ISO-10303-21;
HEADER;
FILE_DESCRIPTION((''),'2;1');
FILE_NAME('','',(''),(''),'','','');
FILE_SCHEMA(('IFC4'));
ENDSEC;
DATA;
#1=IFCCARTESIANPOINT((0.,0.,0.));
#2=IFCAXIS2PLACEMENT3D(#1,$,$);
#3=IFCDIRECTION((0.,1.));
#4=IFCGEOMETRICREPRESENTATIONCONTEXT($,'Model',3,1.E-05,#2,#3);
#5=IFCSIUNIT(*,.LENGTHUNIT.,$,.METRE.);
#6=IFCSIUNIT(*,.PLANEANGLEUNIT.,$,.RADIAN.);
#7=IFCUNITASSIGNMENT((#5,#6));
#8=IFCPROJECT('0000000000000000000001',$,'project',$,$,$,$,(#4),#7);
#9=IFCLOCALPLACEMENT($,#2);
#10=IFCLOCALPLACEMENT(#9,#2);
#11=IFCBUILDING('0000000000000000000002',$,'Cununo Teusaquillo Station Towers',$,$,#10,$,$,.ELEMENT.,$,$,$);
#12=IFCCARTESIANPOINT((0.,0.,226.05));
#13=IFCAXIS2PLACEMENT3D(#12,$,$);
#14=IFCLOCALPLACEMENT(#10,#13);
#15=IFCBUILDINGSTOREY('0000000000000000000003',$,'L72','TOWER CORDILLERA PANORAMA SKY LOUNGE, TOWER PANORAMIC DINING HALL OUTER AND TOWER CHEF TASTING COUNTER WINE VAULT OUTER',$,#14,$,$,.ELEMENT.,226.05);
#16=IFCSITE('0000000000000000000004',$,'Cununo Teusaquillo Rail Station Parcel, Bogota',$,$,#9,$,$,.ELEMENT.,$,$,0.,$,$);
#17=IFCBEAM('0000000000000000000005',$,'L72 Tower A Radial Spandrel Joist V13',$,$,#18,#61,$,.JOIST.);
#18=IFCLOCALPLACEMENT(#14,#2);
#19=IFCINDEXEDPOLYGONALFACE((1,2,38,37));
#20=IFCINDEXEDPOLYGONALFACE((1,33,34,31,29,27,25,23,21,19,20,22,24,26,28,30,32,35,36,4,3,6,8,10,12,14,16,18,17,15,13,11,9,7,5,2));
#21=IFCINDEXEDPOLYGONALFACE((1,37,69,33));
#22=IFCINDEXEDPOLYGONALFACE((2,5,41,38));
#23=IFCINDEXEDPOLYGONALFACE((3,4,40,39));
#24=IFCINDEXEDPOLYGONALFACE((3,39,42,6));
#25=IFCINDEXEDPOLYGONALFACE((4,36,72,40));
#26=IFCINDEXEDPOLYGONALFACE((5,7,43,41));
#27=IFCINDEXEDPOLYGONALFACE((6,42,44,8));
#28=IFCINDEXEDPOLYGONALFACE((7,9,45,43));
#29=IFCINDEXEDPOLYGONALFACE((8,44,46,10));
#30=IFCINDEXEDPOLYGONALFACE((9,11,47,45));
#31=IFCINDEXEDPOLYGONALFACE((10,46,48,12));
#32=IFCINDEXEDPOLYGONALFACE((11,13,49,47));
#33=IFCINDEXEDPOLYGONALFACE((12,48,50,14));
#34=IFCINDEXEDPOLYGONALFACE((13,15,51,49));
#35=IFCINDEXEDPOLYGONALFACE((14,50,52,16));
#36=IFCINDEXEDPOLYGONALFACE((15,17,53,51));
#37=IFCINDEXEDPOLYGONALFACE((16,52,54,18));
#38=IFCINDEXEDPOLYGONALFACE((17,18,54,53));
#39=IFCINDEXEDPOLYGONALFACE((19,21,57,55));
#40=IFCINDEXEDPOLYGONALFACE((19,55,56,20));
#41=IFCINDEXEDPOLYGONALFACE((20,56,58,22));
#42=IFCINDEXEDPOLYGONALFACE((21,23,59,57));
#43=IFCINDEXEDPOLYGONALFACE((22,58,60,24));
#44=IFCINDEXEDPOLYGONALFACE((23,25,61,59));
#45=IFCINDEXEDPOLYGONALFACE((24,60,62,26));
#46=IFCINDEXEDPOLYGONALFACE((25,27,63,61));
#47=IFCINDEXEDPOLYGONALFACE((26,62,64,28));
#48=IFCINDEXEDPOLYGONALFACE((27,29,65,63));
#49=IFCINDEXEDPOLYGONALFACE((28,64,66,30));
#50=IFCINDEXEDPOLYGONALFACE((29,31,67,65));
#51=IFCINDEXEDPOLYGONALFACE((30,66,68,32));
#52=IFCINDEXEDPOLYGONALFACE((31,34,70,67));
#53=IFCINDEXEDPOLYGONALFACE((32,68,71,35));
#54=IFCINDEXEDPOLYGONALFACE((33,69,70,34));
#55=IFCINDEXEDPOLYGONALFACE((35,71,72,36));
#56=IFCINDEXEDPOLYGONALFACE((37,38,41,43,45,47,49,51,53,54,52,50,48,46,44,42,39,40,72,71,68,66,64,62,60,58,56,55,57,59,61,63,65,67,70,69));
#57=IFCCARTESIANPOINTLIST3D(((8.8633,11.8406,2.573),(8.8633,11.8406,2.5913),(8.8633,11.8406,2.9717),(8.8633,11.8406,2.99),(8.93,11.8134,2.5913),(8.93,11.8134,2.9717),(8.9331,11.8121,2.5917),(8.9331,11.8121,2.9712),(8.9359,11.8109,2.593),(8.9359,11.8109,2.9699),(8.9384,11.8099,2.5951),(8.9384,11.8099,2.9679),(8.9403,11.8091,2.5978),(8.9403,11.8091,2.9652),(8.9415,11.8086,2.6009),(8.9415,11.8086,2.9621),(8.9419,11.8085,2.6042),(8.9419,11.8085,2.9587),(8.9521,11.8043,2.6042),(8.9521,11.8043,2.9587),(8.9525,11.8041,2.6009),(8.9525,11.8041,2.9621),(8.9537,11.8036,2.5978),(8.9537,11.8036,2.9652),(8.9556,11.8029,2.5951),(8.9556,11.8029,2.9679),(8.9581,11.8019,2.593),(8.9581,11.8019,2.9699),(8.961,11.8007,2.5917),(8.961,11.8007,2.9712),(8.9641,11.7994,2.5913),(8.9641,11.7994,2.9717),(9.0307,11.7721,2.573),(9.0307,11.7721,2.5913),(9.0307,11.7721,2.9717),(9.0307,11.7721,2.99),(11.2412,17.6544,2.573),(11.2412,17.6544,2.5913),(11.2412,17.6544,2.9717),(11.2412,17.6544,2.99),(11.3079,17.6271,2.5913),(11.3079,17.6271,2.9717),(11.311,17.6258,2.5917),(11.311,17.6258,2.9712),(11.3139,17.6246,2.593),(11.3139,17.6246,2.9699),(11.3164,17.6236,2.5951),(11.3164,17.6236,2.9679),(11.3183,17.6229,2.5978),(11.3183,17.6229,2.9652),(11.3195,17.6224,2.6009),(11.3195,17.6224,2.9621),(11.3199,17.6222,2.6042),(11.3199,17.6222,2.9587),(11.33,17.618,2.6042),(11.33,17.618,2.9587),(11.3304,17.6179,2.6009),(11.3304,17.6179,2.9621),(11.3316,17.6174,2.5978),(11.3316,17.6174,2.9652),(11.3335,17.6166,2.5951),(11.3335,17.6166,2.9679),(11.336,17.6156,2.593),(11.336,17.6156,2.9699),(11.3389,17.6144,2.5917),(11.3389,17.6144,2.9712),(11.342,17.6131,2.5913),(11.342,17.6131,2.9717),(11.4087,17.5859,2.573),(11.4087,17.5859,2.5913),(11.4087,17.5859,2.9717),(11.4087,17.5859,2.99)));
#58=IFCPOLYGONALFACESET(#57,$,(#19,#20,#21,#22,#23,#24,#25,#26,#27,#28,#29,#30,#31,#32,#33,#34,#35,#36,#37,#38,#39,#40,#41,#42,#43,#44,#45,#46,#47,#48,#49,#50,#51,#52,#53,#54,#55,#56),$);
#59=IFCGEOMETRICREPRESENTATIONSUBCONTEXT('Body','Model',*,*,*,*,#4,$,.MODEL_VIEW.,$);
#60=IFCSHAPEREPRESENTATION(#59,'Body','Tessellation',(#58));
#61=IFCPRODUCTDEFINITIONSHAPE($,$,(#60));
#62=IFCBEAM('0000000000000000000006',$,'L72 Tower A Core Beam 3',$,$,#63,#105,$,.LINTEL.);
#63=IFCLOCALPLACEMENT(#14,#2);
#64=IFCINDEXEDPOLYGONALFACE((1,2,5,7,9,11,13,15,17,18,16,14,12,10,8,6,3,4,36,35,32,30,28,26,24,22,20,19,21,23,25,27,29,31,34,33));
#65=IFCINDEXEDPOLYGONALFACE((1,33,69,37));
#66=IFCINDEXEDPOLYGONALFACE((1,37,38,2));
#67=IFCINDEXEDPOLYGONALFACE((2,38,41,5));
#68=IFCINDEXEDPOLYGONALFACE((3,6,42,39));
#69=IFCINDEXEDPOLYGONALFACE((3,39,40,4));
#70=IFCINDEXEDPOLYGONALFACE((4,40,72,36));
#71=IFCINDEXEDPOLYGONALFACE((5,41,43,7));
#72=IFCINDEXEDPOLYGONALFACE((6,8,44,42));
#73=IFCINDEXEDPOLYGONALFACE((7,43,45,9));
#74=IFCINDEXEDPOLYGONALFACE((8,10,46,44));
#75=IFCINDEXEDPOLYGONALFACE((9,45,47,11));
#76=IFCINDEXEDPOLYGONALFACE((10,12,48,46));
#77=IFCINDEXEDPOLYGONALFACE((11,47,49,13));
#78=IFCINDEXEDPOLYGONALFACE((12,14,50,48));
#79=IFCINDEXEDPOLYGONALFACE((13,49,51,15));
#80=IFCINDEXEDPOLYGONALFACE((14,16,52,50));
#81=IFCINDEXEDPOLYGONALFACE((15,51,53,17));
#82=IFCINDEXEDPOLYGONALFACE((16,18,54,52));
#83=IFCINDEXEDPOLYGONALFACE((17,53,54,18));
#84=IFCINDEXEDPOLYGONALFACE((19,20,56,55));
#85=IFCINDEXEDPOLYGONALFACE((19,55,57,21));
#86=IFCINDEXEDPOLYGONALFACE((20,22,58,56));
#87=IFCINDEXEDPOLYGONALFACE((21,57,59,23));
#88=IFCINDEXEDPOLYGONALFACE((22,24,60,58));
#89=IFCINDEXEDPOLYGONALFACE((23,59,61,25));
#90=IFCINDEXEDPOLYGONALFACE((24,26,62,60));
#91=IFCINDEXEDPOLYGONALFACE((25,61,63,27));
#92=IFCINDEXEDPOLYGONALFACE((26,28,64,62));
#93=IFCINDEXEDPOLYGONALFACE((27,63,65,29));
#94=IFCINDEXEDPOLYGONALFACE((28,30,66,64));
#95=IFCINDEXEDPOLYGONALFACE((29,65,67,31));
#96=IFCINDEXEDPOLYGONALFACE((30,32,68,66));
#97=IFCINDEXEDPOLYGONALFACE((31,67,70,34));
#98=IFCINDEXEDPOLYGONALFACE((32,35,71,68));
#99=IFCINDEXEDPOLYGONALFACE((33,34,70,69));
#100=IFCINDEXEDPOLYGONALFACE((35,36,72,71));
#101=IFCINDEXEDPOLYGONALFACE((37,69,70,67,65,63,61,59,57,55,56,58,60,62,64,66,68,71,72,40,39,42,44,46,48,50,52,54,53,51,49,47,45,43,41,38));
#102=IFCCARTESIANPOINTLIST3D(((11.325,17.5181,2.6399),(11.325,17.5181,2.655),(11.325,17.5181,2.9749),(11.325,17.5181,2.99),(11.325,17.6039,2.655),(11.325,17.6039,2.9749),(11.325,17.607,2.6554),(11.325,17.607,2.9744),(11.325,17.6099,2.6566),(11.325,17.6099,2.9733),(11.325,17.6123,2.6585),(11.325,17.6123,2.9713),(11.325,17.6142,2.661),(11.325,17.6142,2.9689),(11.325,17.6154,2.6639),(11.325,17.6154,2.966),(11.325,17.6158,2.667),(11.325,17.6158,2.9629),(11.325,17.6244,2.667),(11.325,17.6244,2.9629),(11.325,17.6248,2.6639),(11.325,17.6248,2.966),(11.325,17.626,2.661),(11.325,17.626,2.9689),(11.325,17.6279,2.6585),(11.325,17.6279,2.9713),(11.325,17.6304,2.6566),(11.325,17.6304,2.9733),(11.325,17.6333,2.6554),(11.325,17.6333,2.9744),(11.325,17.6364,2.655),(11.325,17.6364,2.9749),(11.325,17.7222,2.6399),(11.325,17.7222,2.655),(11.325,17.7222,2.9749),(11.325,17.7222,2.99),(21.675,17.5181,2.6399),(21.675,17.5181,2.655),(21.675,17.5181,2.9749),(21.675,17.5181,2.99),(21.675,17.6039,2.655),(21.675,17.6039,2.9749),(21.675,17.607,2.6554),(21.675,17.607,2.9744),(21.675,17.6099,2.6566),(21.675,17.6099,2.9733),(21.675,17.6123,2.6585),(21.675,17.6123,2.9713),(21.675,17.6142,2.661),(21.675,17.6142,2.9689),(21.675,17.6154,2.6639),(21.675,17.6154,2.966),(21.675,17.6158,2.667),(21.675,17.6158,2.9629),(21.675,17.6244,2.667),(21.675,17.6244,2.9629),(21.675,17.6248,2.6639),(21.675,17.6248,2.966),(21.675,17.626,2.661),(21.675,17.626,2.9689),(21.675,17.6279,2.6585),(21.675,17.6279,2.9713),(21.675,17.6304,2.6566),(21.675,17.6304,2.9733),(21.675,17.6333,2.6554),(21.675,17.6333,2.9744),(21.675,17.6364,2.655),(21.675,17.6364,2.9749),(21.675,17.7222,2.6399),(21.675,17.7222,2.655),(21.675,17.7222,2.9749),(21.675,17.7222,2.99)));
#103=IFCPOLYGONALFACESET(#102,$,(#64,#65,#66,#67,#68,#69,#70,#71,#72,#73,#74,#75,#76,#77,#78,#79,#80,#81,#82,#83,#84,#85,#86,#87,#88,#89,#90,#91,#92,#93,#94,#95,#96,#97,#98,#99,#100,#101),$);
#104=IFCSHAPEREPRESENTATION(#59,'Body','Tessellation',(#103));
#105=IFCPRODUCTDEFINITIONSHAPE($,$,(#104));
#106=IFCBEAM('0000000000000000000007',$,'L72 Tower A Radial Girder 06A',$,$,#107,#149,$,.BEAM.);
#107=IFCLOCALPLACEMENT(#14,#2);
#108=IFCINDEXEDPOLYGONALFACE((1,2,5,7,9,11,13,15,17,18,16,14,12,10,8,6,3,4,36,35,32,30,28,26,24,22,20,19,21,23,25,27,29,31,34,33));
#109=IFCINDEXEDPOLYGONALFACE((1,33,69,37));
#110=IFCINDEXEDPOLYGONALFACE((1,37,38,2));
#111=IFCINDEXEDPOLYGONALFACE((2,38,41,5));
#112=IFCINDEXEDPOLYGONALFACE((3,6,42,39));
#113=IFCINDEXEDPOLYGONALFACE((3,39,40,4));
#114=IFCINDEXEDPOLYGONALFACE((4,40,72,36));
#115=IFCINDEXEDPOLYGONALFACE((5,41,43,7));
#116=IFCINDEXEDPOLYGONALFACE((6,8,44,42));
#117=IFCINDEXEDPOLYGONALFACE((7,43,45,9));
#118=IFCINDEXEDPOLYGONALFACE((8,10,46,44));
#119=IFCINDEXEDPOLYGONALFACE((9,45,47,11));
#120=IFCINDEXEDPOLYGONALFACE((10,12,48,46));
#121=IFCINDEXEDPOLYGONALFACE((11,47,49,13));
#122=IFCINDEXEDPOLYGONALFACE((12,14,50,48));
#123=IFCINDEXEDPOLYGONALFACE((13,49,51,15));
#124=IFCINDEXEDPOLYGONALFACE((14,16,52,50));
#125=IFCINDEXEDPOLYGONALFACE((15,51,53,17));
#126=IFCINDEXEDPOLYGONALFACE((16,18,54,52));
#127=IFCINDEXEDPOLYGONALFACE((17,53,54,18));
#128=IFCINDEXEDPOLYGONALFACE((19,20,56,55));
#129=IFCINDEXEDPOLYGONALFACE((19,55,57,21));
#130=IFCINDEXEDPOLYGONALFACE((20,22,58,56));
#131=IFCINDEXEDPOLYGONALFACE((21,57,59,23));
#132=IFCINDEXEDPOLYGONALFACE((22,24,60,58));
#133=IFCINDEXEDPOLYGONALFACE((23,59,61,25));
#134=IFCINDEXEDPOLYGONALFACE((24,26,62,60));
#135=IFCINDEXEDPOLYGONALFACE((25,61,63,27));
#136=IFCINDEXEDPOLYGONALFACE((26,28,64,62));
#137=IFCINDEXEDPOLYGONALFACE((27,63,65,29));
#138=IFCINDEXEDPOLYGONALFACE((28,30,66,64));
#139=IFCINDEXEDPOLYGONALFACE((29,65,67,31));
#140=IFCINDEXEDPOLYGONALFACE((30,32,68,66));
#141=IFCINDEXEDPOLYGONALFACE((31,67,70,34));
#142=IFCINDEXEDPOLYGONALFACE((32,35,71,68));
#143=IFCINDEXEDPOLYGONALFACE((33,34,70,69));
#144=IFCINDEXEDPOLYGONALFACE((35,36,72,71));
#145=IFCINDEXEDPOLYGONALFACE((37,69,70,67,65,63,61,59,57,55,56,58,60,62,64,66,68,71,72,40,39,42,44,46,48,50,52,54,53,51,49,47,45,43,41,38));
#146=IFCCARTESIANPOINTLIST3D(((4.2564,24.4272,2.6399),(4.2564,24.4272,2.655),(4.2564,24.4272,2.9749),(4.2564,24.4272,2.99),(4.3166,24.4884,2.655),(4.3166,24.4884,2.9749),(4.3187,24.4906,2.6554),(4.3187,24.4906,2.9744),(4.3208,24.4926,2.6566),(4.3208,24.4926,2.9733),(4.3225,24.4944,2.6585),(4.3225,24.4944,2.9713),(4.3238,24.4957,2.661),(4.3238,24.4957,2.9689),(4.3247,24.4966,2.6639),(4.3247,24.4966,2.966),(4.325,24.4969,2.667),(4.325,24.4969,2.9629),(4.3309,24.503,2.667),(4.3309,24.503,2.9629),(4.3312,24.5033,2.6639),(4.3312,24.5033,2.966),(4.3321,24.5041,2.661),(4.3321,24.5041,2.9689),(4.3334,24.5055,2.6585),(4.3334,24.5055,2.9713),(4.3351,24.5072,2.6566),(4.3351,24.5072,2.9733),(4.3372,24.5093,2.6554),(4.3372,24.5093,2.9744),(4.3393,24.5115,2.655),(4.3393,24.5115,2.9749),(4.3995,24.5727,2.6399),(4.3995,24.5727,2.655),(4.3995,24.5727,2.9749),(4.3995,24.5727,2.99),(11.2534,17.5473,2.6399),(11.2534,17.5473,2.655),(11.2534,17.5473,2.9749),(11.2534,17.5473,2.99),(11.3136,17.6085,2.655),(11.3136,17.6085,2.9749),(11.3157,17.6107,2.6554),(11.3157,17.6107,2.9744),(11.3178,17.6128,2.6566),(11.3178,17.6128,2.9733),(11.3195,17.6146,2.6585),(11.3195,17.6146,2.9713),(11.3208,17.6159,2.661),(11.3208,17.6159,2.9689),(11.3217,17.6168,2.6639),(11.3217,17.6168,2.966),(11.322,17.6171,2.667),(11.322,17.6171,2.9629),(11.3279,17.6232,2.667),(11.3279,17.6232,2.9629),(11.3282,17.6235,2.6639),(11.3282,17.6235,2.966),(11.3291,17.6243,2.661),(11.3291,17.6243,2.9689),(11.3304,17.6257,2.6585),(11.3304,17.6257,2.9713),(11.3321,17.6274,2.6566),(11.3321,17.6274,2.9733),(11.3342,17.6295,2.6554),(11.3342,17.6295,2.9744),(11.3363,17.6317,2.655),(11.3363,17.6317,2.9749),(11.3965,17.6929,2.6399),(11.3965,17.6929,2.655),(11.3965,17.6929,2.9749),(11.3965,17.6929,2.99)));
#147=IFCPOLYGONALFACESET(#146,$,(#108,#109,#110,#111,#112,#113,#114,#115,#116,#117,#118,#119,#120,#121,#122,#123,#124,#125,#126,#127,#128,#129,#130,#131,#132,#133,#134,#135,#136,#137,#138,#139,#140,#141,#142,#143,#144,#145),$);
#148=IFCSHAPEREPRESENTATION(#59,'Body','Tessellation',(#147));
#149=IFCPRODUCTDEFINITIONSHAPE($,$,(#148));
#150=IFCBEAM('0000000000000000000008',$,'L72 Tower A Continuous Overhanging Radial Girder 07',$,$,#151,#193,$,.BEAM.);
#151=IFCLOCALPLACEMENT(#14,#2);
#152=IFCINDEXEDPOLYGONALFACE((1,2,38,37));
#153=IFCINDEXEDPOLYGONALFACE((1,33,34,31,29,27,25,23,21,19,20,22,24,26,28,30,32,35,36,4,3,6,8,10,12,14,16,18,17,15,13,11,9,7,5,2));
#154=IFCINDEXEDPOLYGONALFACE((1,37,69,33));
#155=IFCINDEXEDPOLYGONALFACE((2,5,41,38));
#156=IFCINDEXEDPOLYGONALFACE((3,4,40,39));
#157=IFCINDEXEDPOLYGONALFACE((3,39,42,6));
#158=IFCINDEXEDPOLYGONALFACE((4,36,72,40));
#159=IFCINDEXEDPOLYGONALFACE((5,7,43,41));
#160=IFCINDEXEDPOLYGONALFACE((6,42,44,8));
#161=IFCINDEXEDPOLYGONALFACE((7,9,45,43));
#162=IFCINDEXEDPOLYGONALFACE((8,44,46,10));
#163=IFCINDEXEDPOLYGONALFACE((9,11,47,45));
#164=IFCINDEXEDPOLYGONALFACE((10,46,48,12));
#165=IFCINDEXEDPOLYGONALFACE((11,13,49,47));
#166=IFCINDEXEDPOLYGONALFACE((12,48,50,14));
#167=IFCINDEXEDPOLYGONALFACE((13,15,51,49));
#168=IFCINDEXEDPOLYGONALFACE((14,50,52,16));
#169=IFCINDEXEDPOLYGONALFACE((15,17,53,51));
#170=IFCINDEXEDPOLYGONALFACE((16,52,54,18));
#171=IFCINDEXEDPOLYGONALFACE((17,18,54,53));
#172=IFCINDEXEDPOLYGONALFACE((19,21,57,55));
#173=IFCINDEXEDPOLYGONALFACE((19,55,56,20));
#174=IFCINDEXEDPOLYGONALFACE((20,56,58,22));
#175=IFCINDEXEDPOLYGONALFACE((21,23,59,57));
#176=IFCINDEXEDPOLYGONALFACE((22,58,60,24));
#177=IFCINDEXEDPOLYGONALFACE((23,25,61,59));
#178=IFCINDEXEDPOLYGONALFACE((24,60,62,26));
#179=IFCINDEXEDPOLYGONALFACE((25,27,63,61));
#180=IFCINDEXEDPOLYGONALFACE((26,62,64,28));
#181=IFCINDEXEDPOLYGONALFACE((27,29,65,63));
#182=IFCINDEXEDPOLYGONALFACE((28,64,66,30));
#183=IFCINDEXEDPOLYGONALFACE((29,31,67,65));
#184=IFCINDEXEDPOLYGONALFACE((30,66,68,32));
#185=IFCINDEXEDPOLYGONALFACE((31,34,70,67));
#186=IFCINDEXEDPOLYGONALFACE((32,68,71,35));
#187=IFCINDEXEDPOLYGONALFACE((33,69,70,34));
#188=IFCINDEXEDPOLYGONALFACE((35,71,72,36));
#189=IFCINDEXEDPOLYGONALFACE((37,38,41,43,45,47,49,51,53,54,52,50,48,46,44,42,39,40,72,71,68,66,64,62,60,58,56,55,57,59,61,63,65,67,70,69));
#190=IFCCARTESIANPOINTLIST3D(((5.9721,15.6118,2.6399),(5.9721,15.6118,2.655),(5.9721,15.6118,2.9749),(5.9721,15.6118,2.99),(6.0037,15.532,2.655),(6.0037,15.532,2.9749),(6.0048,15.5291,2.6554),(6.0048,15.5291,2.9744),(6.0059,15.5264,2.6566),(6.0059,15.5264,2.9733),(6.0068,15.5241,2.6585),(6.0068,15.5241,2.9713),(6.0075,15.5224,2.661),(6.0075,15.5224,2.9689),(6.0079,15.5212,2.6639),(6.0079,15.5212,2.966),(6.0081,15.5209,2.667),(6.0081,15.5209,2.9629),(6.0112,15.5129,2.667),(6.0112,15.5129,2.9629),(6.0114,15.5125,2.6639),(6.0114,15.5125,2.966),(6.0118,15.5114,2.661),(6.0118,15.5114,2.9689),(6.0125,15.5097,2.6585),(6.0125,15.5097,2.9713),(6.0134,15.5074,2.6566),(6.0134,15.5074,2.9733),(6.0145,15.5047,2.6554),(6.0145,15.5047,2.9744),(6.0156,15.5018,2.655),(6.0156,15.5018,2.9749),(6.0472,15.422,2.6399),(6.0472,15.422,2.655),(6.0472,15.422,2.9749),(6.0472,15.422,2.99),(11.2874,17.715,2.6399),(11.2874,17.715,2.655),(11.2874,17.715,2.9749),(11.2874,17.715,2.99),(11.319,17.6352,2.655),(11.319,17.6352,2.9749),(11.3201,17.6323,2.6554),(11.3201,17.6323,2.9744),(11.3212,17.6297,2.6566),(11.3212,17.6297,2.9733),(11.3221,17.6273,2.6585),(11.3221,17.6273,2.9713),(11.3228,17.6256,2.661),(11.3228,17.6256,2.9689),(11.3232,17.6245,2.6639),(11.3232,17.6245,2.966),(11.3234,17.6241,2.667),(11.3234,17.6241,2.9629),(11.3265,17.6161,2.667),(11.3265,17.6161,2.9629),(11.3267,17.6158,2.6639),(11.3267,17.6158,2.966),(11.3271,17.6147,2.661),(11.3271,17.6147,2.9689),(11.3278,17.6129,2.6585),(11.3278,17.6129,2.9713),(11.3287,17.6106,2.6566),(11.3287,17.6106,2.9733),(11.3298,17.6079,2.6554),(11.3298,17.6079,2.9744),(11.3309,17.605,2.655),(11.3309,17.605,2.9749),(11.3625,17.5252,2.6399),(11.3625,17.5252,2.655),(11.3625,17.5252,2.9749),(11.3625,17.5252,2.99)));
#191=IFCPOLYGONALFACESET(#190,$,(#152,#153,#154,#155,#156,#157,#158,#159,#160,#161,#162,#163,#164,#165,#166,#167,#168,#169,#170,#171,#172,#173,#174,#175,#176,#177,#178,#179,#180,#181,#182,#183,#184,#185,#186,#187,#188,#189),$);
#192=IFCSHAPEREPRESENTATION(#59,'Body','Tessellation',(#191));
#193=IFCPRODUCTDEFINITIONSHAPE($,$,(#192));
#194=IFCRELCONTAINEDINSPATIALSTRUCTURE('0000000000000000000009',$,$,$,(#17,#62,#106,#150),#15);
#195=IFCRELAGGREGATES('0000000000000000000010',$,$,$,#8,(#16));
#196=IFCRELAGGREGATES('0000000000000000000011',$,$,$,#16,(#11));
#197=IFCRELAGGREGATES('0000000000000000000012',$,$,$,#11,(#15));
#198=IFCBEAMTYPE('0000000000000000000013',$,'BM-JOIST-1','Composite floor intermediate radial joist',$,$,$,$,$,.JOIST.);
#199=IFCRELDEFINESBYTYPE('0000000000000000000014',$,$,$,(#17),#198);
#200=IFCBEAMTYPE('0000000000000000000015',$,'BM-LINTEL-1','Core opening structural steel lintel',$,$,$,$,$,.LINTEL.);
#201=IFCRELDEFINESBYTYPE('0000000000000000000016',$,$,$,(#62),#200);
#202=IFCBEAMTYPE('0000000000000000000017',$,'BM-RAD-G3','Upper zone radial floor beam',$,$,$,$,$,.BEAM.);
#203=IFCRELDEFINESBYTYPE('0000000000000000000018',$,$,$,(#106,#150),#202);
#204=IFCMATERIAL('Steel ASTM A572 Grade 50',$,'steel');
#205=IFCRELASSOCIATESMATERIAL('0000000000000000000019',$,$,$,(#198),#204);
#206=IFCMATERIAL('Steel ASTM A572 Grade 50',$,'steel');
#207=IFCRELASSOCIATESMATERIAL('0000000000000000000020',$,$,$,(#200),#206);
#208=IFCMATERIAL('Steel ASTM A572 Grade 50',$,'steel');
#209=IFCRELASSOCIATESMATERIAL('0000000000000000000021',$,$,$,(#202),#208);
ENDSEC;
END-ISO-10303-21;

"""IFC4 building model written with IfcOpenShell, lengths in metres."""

from ifc_helpers import new_model, si_unit, direction, frame, origin, origin_2d, place, context, subcontext, project, spatial, i_section, extrude, material, material_profile, profile_set, type_object, element, save


model = new_model("IFC4")

# Units and contexts
model_context = context("Model", 3, precision=1e-05, world=origin(), true_north=direction((0.0, 1.0)))
body_context = subcontext(model_context, "Body", "Model", "MODEL_VIEW")
ifc_project = project(units=[si_unit("LENGTHUNIT", "METRE"), si_unit("PLANEANGLEUNIT", "RADIAN")], contexts=[model_context])

# Site, building, storey
site_placement = place(None, origin())
site = spatial("IfcSite", under=ifc_project, at=site_placement, Name="Cununo Teusaquillo Rail Station Parcel, Bogota", CompositionType="ELEMENT", RefElevation=0.0)
building_placement = place(site_placement, origin())
building = spatial("IfcBuilding", under=site, at=building_placement, Name="Cununo Teusaquillo Station Towers", CompositionType="ELEMENT")
storey_placement = place(building_placement, frame((0.0, 0.0, 226.05)))
storey = spatial("IfcBuildingStorey", under=building, at=storey_placement, Name="L72", Description="TOWER CORDILLERA PANORAMA SKY LOUNGE, TOWER PANORAMIC DINING HALL OUTER AND TOWER CHEF TASTING COUNTER WINE VAULT OUTER", CompositionType="ELEMENT", Elevation=226.05)

# Beams
ifc_material_1 = material(Name="Steel ASTM A572 Grade 50", Category="steel")
ifc_material_profile_1 = material_profile(ifc_material_1, i_section(OverallWidth=0.1809, OverallDepth=0.417, WebThickness=0.011, FlangeThickness=0.0183, FilletRadius=0.0129, at=origin_2d()), Name="W16X57")
ifc_profile_set_1 = profile_set([ifc_material_profile_1], Name="Steel ASTM A572 Grade 50")
beam_type_1 = type_object("IfcBeamType", Name="BM-JOIST-1", Description="Composite floor intermediate radial joist", PredefinedType="JOIST", material=ifc_profile_set_1)
beam_1_placement = place(storey_placement, frame((11.325, 17.6201, 2.7815), z_axis=(-0.378577, -0.92557, 0.0), x_axis=(0.92557, -0.378577, 0.0)))
element("IfcBeam", 1, at=beam_1_placement, inside=storey, type_object=beam_type_1, Name="L72 Tower A Radial Spandrel Joist V13", PredefinedType="JOIST", context=body_context, shape_type="SweptSolid", body=[
    extrude(i_section(OverallWidth=0.1809, OverallDepth=0.417, WebThickness=0.011, FlangeThickness=0.0183, FilletRadius=0.0129, at=origin_2d()), origin(), (0.0, 0.0, 1.0), 6.2812),
])
ifc_material_2 = material(Name="Steel ASTM A572 Grade 50", Category="steel")
ifc_material_profile_2 = material_profile(ifc_material_2, i_section(OverallWidth=0.2041, OverallDepth=0.3501, WebThickness=0.0085, FlangeThickness=0.0151, FilletRadius=0.012, at=origin_2d()), Name="W14X48")
ifc_profile_set_2 = profile_set([ifc_material_profile_2], Name="Steel ASTM A572 Grade 50")
beam_type_2 = type_object("IfcBeamType", Name="BM-LINTEL-1", Description="Core opening structural steel lintel", PredefinedType="LINTEL", material=ifc_profile_set_2)
beam_2_placement = place(storey_placement, frame((11.325, 17.6201, 2.8149), z_axis=(1.0, 0.0, 0.0), x_axis=(0.0, 1.0, 0.0)))
element("IfcBeam", 2, at=beam_2_placement, inside=storey, type_object=beam_type_2, Name="L72 Tower A Core Beam 3", PredefinedType="LINTEL", context=body_context, shape_type="SweptSolid", body=[
    extrude(i_section(OverallWidth=0.2041, OverallDepth=0.3501, WebThickness=0.0085, FlangeThickness=0.0151, FilletRadius=0.012, at=origin_2d()), origin(), (0.0, 0.0, 1.0), 10.3501),
])
ifc_material_3 = material(Name="Steel ASTM A572 Grade 50", Category="steel")
ifc_material_profile_3 = material_profile(ifc_material_3, i_section(OverallWidth=0.2041, OverallDepth=0.3501, WebThickness=0.0085, FlangeThickness=0.0151, FilletRadius=0.012, at=origin_2d()), Name="W14X48")
ifc_profile_set_3 = profile_set([ifc_material_profile_3], Name="Steel ASTM A572 Grade 50")
beam_type_3 = type_object("IfcBeamType", Name="BM-RAD-G3", Description="Upper zone radial floor beam", PredefinedType="BEAM", material=ifc_profile_set_3)
beam_3_placement = place(storey_placement, frame((11.325, 17.6201, 2.8149), z_axis=(-0.713053, 0.70111, 0.0), x_axis=(-0.70111, -0.713053, 0.0)))
element("IfcBeam", 3, at=beam_3_placement, inside=storey, type_object=beam_type_3, Name="L72 Tower A Radial Girder 06A", PredefinedType="BEAM", context=body_context, shape_type="SweptSolid", body=[
    extrude(i_section(OverallWidth=0.2041, OverallDepth=0.3501, WebThickness=0.0085, FlangeThickness=0.0151, FilletRadius=0.012, at=origin_2d()), origin(), (0.0, 0.0, 1.0), 9.8127),
])
beam_4_placement = place(storey_placement, frame((11.325, 17.6201, 2.8149), z_axis=(-0.929852, -0.367935, 0.0), x_axis=(0.367935, -0.929852, 0.0)))
element("IfcBeam", 4, at=beam_4_placement, inside=storey, type_object=beam_type_3, Name="L72 Tower A Continuous Overhanging Radial Girder 07", PredefinedType="BEAM", context=body_context, shape_type="SweptSolid", body=[
    extrude(i_section(OverallWidth=0.2041, OverallDepth=0.3501, WebThickness=0.0085, FlangeThickness=0.0151, FilletRadius=0.012, at=origin_2d()), origin(), (0.0, 0.0, 1.0), 5.7163),
])

save(model, "model.ifc")
